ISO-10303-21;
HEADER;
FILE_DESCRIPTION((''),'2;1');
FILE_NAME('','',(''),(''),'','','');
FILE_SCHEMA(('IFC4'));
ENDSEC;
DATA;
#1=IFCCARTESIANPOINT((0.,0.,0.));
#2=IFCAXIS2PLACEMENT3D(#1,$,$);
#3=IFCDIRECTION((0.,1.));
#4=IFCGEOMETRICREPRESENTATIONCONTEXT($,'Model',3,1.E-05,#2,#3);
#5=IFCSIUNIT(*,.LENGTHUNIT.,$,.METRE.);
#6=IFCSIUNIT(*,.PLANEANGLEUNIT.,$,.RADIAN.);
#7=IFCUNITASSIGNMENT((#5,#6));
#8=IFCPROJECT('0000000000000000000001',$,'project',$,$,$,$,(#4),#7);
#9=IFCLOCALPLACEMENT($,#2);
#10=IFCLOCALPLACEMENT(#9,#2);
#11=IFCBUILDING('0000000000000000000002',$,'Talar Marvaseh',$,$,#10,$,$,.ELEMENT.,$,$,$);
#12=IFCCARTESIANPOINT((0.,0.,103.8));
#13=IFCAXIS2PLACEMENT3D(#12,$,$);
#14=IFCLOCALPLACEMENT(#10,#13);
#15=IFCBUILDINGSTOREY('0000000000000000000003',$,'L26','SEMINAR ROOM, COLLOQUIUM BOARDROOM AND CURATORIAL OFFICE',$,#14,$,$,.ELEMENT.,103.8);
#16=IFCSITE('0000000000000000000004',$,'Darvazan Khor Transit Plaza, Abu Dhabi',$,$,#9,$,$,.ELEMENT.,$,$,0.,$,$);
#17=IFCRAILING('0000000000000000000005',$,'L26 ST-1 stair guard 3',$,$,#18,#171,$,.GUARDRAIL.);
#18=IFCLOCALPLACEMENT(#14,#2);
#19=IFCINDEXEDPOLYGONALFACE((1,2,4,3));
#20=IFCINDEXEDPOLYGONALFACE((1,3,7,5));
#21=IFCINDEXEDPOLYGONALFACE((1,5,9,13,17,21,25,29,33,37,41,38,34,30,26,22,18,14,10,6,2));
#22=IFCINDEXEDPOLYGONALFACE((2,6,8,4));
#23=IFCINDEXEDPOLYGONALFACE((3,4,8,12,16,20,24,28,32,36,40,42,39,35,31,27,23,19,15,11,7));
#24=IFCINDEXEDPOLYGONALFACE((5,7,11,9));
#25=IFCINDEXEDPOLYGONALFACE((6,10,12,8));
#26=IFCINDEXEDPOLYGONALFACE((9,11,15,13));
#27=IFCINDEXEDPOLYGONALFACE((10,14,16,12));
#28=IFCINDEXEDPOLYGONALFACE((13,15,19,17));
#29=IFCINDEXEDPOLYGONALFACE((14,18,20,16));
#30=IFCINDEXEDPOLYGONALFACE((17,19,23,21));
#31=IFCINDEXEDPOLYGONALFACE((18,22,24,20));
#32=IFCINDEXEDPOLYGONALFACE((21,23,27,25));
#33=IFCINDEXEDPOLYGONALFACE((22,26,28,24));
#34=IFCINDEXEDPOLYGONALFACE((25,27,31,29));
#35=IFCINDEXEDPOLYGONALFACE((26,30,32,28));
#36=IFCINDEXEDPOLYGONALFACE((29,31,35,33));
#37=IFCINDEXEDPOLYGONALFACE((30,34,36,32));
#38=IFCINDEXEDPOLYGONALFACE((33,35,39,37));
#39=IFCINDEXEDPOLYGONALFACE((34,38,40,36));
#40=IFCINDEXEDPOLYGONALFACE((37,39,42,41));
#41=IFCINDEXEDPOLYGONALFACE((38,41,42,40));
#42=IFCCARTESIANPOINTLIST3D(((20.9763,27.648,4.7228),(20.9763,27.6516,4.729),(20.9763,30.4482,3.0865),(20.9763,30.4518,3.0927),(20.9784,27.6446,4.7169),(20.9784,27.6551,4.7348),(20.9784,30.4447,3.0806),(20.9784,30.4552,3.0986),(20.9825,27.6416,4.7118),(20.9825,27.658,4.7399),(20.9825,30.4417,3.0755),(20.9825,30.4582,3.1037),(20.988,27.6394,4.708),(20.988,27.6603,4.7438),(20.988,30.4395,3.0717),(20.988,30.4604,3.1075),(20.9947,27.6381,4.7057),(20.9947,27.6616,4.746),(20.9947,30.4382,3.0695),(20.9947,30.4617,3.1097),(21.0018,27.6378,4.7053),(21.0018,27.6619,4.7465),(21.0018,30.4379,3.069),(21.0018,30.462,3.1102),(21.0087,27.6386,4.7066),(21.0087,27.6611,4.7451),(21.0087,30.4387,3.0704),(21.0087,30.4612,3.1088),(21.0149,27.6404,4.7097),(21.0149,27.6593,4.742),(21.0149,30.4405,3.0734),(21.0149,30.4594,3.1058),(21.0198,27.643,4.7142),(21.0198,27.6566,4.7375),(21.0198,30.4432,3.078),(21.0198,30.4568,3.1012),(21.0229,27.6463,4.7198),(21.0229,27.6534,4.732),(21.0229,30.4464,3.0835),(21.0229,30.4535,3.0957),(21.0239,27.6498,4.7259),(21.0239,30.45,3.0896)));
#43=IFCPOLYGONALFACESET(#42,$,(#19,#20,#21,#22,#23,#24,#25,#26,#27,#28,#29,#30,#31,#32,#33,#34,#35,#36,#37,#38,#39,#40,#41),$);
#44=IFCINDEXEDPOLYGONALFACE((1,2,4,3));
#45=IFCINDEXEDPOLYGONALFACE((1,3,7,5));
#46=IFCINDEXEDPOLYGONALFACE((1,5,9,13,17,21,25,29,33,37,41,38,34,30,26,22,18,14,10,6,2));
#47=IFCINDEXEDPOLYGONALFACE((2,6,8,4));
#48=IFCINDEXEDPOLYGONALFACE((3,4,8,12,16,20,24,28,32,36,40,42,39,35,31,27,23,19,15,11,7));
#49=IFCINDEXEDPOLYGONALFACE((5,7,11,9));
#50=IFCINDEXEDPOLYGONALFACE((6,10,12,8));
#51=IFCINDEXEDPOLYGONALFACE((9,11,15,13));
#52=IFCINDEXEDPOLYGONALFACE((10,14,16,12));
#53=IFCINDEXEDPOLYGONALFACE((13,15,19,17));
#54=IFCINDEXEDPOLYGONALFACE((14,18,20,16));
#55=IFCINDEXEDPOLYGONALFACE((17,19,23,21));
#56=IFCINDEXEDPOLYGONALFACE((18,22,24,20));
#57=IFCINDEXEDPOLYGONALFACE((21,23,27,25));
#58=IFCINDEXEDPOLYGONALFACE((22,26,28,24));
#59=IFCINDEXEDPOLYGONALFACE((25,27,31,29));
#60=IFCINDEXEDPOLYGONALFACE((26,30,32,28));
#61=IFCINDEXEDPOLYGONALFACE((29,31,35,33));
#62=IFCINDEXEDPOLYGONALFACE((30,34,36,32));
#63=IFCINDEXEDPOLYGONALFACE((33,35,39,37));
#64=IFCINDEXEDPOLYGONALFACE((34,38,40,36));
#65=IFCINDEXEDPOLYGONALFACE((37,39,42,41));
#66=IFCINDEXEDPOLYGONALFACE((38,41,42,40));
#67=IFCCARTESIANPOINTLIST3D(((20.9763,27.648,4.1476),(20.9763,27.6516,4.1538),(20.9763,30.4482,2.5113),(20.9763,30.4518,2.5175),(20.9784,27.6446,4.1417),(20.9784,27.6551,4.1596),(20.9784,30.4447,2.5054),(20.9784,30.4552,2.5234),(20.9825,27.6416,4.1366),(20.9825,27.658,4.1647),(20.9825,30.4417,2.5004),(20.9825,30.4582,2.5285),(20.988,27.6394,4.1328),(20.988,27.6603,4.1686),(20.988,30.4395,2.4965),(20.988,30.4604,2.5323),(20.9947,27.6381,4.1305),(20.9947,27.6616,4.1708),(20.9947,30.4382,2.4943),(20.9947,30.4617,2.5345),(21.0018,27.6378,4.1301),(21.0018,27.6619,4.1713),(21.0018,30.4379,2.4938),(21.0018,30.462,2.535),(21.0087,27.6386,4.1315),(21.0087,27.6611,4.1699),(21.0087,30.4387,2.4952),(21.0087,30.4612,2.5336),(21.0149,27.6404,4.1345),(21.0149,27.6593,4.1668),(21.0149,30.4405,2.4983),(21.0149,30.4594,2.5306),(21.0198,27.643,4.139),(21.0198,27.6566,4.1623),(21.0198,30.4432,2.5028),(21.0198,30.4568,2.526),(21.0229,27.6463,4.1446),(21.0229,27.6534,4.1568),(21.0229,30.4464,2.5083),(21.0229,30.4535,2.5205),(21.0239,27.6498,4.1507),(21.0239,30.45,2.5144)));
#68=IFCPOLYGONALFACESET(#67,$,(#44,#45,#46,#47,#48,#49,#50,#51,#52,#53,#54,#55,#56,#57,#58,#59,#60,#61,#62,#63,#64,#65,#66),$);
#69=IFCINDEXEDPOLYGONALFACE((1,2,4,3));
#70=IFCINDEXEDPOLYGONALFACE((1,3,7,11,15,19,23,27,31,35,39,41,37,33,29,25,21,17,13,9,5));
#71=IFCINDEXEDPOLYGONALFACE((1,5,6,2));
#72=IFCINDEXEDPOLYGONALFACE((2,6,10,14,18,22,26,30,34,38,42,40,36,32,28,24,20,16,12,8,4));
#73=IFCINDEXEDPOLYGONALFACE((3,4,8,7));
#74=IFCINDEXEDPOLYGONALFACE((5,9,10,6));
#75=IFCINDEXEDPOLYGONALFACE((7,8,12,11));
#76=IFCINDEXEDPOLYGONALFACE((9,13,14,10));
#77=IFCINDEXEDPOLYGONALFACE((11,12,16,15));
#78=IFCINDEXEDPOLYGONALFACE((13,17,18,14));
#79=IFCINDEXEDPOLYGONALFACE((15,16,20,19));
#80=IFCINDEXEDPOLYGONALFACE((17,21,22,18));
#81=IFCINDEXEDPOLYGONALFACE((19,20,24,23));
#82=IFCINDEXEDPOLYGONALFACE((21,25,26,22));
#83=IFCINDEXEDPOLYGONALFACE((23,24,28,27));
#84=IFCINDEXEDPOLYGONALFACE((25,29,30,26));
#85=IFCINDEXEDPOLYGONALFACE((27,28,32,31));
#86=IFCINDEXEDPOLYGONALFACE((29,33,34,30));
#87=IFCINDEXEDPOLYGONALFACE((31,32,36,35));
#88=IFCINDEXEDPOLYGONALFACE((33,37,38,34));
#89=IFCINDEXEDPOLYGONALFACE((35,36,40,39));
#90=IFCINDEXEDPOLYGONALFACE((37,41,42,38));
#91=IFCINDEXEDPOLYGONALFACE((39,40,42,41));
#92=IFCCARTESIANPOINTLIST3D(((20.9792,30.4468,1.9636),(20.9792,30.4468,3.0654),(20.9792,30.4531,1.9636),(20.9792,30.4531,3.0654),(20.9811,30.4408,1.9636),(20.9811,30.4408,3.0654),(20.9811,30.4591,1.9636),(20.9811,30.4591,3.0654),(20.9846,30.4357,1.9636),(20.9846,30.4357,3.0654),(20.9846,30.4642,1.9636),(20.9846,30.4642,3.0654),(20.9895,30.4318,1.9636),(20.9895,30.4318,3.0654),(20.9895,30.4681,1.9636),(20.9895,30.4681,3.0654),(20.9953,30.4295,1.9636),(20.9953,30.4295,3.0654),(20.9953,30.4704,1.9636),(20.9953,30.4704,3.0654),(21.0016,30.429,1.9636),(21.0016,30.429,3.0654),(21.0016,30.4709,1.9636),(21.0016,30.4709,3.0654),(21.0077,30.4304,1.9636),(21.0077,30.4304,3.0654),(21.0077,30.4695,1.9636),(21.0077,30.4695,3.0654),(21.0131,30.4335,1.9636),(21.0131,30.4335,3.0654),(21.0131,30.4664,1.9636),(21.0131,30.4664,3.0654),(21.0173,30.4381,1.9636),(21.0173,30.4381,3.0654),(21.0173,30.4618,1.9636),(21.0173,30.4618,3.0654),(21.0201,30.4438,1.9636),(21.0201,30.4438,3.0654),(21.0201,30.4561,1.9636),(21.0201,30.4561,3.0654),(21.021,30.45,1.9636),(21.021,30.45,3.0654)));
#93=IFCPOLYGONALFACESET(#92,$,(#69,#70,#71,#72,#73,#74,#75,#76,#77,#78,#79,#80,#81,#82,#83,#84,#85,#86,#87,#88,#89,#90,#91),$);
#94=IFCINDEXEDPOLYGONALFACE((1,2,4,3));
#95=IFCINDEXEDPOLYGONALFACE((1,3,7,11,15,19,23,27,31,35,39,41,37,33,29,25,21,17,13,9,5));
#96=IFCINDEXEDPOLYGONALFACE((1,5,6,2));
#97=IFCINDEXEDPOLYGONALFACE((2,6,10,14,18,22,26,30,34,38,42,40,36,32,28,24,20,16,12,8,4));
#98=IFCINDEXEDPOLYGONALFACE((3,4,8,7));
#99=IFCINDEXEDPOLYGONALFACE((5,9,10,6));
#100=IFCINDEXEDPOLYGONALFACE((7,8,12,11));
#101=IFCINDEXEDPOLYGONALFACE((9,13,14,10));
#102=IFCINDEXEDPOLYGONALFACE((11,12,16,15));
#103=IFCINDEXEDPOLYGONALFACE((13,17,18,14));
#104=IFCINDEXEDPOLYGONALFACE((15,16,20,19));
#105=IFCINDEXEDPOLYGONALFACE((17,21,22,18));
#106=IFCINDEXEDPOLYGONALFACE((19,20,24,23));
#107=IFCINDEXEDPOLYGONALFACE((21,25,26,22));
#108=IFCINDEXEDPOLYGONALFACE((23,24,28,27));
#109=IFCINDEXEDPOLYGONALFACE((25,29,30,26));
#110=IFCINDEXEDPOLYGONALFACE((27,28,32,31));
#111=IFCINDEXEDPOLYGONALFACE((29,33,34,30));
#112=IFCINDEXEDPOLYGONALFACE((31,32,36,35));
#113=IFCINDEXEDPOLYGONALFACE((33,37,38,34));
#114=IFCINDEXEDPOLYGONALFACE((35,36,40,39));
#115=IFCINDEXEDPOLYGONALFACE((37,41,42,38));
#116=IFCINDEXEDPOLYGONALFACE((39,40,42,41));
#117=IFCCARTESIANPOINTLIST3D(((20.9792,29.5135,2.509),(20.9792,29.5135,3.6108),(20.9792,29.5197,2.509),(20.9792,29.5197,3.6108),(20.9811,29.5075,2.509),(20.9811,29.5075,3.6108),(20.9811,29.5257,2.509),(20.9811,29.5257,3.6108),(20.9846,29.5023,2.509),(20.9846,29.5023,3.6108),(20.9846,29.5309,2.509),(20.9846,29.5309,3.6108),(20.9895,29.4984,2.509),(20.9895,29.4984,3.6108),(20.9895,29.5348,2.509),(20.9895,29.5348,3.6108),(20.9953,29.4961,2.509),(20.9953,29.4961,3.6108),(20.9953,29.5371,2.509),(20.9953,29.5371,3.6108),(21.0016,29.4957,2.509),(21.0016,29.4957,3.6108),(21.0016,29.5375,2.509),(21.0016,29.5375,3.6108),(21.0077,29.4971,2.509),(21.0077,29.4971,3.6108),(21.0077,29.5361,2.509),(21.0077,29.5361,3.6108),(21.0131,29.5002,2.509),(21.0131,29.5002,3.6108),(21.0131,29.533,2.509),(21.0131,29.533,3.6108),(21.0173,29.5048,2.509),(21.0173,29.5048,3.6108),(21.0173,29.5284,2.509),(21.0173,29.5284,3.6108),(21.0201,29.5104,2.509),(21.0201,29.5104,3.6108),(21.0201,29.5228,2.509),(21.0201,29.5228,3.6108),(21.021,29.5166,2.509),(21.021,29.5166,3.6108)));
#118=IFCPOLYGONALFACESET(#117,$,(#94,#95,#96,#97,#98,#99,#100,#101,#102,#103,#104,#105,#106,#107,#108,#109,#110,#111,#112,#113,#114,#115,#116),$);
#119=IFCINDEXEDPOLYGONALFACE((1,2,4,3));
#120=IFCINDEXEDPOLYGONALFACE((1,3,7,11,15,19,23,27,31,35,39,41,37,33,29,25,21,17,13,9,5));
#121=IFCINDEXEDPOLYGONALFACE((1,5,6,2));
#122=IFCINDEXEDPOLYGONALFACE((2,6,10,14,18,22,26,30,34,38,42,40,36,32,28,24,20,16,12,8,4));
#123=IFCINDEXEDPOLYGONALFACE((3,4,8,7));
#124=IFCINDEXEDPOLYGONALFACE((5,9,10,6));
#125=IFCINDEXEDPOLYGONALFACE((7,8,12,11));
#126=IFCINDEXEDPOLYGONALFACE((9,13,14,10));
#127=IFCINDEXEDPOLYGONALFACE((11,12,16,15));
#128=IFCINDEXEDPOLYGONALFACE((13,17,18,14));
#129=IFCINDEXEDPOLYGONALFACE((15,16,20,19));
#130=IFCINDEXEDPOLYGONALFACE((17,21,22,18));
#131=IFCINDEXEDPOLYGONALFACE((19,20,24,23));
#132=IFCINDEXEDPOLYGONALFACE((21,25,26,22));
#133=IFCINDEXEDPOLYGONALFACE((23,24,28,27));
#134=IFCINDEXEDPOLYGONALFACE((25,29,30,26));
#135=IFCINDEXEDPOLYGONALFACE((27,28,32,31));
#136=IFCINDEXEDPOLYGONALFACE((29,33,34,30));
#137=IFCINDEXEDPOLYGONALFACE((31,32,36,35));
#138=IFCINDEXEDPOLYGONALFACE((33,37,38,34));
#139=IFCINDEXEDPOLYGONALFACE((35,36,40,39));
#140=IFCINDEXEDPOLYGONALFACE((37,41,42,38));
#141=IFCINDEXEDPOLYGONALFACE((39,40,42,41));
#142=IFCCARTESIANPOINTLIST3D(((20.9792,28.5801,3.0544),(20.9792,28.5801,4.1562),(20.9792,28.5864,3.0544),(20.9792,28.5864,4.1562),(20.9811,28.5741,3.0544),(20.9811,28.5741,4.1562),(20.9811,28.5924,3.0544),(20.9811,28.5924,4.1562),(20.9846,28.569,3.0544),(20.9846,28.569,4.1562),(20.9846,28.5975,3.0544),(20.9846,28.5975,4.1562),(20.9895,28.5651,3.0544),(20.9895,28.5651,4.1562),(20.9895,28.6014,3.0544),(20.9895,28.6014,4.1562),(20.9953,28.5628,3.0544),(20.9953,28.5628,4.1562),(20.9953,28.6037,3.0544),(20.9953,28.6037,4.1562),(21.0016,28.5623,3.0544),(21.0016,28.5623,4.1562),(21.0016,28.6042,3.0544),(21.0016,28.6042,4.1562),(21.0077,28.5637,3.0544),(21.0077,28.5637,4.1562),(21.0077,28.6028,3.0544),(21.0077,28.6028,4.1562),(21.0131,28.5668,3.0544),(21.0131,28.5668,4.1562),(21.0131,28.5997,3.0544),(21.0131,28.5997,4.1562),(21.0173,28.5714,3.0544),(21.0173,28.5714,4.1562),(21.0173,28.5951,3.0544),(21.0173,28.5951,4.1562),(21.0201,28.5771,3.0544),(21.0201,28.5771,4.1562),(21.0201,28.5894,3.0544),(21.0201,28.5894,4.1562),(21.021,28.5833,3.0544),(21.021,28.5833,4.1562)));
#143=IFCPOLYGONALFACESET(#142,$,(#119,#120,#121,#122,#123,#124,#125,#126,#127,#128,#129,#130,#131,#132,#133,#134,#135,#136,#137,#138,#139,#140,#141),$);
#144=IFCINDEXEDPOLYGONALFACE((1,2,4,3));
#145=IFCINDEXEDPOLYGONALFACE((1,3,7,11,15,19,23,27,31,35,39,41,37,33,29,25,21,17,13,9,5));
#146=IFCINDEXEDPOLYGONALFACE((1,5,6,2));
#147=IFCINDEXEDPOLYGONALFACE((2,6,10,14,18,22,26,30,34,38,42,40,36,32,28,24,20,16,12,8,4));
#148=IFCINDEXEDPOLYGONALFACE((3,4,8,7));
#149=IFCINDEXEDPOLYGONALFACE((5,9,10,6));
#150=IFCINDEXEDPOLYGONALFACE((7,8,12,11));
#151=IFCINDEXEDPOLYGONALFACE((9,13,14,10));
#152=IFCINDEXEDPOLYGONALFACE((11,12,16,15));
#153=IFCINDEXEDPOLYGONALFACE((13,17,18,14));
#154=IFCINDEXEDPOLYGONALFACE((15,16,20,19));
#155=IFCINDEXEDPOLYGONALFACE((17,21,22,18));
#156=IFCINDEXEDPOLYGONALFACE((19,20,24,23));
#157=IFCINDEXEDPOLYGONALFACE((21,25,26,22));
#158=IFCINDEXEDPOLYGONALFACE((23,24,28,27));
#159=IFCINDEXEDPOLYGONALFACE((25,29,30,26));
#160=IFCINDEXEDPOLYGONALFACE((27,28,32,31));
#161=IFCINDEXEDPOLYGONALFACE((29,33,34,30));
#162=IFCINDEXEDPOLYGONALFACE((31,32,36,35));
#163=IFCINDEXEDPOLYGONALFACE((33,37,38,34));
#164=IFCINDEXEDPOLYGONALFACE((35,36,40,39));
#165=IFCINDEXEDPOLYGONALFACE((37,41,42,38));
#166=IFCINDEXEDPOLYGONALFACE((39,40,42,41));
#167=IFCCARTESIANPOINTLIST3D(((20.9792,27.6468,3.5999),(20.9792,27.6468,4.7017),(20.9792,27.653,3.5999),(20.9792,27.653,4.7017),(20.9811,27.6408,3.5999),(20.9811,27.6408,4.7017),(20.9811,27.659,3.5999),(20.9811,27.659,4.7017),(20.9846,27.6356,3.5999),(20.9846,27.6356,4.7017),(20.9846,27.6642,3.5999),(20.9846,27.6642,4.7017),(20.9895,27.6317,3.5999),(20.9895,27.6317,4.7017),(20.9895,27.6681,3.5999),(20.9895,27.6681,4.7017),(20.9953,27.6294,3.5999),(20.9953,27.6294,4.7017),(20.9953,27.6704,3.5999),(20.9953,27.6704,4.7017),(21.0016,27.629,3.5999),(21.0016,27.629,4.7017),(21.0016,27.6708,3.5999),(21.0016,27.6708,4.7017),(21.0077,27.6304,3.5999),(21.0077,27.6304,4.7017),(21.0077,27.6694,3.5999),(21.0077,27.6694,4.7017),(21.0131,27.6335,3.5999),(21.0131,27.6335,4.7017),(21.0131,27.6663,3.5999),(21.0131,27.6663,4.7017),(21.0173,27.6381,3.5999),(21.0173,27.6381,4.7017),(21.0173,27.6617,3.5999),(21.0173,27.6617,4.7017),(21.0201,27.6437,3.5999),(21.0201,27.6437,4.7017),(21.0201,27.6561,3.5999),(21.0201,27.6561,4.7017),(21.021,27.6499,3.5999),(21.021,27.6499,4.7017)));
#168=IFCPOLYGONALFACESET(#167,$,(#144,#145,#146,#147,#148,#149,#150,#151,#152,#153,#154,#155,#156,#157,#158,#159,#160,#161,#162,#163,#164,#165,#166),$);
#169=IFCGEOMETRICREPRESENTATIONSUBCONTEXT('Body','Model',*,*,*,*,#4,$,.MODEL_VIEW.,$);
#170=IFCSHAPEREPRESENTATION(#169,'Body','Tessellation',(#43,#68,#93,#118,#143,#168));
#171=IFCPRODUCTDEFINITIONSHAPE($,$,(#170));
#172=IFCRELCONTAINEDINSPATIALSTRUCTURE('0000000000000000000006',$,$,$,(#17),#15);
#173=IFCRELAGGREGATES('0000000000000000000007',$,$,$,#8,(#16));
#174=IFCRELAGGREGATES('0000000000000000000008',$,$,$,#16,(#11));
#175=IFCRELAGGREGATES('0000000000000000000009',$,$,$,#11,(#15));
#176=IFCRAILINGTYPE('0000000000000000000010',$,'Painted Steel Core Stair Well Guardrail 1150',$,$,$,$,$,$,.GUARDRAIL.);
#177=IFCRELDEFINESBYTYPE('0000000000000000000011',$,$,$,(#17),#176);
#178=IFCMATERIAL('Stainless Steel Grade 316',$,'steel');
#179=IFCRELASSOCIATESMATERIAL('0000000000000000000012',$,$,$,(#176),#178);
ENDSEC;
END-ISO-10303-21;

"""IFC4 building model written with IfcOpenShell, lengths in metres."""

from ifc_helpers import new_model, si_unit, direction, frame, origin, origin_2d, place, context, subcontext, project, spatial, circle, extrude, material, type_object, element, save


model = new_model("IFC4")

# Units and contexts
model_context = context("Model", 3, precision=1e-05, world=origin(), true_north=direction((0.0, 1.0)))
body_context = subcontext(model_context, "Body", "Model", "MODEL_VIEW")
ifc_project = project(units=[si_unit("LENGTHUNIT", "METRE"), si_unit("PLANEANGLEUNIT", "RADIAN")], contexts=[model_context])

# Site, building, storey
site_placement = place(None, origin())
site = spatial("IfcSite", under=ifc_project, at=site_placement, Name="Darvazan Khor Transit Plaza, Abu Dhabi", CompositionType="ELEMENT", RefElevation=0.0)
building_placement = place(site_placement, origin())
building = spatial("IfcBuilding", under=site, at=building_placement, Name="Talar Marvaseh", CompositionType="ELEMENT")
storey_placement = place(building_placement, frame((0.0, 0.0, 103.8)))
storey = spatial("IfcBuildingStorey", under=building, at=storey_placement, Name="L26", Description="SEMINAR ROOM, COLLOQUIUM BOARDROOM AND CURATORIAL OFFICE", CompositionType="ELEMENT", Elevation=103.8)

# Railing
ifc_material_1 = material(Name="Stainless Steel Grade 316", Category="steel")
railing_type_1 = type_object("IfcRailingType", Name="Painted Steel Core Stair Well Guardrail 1150", PredefinedType="GUARDRAIL", material=ifc_material_1)
railing_1_placement = place(storey_placement, frame((21.0, 30.45, 1.9636)))
element("IfcRailing", 1, at=railing_1_placement, inside=storey, type_object=railing_type_1, Name="L26 ST-1 stair guard 3", PredefinedType="GUARDRAIL", context=body_context, shape_type="SweptSolid", body=[
    extrude(circle(Radius=0.0239, at=origin_2d()), frame((0.0, 0.0, 1.126), z_axis=(0.0, -0.863394, 0.504531), x_axis=(1.0, 0.0, 0.0)), (0.0, 0.0, 1.0), 3.2432),
    extrude(circle(Radius=0.0239, at=origin_2d()), frame((0.0, 0.0, 0.5508), z_axis=(0.0, -0.863394, 0.504531), x_axis=(1.0, 0.0, 0.0)), (0.0, 0.0, 1.0), 3.2432),
    extrude(circle(Radius=0.021, at=origin_2d()), origin(), (0.0, 0.0, 1.0), 1.1018),
    extrude(circle(Radius=0.021, at=origin_2d()), frame((0.0, -0.9333, 0.5454)), (0.0, 0.0, 1.0), 1.1018),
    extrude(circle(Radius=0.021, at=origin_2d()), frame((0.0, -1.8667, 1.0908)), (0.0, 0.0, 1.0), 1.1018),
    extrude(circle(Radius=0.021, at=origin_2d()), frame((0.0, -2.8, 1.6362)), (0.0, 0.0, 1.0), 1.1018),
])

save(model, "model.ifc")
